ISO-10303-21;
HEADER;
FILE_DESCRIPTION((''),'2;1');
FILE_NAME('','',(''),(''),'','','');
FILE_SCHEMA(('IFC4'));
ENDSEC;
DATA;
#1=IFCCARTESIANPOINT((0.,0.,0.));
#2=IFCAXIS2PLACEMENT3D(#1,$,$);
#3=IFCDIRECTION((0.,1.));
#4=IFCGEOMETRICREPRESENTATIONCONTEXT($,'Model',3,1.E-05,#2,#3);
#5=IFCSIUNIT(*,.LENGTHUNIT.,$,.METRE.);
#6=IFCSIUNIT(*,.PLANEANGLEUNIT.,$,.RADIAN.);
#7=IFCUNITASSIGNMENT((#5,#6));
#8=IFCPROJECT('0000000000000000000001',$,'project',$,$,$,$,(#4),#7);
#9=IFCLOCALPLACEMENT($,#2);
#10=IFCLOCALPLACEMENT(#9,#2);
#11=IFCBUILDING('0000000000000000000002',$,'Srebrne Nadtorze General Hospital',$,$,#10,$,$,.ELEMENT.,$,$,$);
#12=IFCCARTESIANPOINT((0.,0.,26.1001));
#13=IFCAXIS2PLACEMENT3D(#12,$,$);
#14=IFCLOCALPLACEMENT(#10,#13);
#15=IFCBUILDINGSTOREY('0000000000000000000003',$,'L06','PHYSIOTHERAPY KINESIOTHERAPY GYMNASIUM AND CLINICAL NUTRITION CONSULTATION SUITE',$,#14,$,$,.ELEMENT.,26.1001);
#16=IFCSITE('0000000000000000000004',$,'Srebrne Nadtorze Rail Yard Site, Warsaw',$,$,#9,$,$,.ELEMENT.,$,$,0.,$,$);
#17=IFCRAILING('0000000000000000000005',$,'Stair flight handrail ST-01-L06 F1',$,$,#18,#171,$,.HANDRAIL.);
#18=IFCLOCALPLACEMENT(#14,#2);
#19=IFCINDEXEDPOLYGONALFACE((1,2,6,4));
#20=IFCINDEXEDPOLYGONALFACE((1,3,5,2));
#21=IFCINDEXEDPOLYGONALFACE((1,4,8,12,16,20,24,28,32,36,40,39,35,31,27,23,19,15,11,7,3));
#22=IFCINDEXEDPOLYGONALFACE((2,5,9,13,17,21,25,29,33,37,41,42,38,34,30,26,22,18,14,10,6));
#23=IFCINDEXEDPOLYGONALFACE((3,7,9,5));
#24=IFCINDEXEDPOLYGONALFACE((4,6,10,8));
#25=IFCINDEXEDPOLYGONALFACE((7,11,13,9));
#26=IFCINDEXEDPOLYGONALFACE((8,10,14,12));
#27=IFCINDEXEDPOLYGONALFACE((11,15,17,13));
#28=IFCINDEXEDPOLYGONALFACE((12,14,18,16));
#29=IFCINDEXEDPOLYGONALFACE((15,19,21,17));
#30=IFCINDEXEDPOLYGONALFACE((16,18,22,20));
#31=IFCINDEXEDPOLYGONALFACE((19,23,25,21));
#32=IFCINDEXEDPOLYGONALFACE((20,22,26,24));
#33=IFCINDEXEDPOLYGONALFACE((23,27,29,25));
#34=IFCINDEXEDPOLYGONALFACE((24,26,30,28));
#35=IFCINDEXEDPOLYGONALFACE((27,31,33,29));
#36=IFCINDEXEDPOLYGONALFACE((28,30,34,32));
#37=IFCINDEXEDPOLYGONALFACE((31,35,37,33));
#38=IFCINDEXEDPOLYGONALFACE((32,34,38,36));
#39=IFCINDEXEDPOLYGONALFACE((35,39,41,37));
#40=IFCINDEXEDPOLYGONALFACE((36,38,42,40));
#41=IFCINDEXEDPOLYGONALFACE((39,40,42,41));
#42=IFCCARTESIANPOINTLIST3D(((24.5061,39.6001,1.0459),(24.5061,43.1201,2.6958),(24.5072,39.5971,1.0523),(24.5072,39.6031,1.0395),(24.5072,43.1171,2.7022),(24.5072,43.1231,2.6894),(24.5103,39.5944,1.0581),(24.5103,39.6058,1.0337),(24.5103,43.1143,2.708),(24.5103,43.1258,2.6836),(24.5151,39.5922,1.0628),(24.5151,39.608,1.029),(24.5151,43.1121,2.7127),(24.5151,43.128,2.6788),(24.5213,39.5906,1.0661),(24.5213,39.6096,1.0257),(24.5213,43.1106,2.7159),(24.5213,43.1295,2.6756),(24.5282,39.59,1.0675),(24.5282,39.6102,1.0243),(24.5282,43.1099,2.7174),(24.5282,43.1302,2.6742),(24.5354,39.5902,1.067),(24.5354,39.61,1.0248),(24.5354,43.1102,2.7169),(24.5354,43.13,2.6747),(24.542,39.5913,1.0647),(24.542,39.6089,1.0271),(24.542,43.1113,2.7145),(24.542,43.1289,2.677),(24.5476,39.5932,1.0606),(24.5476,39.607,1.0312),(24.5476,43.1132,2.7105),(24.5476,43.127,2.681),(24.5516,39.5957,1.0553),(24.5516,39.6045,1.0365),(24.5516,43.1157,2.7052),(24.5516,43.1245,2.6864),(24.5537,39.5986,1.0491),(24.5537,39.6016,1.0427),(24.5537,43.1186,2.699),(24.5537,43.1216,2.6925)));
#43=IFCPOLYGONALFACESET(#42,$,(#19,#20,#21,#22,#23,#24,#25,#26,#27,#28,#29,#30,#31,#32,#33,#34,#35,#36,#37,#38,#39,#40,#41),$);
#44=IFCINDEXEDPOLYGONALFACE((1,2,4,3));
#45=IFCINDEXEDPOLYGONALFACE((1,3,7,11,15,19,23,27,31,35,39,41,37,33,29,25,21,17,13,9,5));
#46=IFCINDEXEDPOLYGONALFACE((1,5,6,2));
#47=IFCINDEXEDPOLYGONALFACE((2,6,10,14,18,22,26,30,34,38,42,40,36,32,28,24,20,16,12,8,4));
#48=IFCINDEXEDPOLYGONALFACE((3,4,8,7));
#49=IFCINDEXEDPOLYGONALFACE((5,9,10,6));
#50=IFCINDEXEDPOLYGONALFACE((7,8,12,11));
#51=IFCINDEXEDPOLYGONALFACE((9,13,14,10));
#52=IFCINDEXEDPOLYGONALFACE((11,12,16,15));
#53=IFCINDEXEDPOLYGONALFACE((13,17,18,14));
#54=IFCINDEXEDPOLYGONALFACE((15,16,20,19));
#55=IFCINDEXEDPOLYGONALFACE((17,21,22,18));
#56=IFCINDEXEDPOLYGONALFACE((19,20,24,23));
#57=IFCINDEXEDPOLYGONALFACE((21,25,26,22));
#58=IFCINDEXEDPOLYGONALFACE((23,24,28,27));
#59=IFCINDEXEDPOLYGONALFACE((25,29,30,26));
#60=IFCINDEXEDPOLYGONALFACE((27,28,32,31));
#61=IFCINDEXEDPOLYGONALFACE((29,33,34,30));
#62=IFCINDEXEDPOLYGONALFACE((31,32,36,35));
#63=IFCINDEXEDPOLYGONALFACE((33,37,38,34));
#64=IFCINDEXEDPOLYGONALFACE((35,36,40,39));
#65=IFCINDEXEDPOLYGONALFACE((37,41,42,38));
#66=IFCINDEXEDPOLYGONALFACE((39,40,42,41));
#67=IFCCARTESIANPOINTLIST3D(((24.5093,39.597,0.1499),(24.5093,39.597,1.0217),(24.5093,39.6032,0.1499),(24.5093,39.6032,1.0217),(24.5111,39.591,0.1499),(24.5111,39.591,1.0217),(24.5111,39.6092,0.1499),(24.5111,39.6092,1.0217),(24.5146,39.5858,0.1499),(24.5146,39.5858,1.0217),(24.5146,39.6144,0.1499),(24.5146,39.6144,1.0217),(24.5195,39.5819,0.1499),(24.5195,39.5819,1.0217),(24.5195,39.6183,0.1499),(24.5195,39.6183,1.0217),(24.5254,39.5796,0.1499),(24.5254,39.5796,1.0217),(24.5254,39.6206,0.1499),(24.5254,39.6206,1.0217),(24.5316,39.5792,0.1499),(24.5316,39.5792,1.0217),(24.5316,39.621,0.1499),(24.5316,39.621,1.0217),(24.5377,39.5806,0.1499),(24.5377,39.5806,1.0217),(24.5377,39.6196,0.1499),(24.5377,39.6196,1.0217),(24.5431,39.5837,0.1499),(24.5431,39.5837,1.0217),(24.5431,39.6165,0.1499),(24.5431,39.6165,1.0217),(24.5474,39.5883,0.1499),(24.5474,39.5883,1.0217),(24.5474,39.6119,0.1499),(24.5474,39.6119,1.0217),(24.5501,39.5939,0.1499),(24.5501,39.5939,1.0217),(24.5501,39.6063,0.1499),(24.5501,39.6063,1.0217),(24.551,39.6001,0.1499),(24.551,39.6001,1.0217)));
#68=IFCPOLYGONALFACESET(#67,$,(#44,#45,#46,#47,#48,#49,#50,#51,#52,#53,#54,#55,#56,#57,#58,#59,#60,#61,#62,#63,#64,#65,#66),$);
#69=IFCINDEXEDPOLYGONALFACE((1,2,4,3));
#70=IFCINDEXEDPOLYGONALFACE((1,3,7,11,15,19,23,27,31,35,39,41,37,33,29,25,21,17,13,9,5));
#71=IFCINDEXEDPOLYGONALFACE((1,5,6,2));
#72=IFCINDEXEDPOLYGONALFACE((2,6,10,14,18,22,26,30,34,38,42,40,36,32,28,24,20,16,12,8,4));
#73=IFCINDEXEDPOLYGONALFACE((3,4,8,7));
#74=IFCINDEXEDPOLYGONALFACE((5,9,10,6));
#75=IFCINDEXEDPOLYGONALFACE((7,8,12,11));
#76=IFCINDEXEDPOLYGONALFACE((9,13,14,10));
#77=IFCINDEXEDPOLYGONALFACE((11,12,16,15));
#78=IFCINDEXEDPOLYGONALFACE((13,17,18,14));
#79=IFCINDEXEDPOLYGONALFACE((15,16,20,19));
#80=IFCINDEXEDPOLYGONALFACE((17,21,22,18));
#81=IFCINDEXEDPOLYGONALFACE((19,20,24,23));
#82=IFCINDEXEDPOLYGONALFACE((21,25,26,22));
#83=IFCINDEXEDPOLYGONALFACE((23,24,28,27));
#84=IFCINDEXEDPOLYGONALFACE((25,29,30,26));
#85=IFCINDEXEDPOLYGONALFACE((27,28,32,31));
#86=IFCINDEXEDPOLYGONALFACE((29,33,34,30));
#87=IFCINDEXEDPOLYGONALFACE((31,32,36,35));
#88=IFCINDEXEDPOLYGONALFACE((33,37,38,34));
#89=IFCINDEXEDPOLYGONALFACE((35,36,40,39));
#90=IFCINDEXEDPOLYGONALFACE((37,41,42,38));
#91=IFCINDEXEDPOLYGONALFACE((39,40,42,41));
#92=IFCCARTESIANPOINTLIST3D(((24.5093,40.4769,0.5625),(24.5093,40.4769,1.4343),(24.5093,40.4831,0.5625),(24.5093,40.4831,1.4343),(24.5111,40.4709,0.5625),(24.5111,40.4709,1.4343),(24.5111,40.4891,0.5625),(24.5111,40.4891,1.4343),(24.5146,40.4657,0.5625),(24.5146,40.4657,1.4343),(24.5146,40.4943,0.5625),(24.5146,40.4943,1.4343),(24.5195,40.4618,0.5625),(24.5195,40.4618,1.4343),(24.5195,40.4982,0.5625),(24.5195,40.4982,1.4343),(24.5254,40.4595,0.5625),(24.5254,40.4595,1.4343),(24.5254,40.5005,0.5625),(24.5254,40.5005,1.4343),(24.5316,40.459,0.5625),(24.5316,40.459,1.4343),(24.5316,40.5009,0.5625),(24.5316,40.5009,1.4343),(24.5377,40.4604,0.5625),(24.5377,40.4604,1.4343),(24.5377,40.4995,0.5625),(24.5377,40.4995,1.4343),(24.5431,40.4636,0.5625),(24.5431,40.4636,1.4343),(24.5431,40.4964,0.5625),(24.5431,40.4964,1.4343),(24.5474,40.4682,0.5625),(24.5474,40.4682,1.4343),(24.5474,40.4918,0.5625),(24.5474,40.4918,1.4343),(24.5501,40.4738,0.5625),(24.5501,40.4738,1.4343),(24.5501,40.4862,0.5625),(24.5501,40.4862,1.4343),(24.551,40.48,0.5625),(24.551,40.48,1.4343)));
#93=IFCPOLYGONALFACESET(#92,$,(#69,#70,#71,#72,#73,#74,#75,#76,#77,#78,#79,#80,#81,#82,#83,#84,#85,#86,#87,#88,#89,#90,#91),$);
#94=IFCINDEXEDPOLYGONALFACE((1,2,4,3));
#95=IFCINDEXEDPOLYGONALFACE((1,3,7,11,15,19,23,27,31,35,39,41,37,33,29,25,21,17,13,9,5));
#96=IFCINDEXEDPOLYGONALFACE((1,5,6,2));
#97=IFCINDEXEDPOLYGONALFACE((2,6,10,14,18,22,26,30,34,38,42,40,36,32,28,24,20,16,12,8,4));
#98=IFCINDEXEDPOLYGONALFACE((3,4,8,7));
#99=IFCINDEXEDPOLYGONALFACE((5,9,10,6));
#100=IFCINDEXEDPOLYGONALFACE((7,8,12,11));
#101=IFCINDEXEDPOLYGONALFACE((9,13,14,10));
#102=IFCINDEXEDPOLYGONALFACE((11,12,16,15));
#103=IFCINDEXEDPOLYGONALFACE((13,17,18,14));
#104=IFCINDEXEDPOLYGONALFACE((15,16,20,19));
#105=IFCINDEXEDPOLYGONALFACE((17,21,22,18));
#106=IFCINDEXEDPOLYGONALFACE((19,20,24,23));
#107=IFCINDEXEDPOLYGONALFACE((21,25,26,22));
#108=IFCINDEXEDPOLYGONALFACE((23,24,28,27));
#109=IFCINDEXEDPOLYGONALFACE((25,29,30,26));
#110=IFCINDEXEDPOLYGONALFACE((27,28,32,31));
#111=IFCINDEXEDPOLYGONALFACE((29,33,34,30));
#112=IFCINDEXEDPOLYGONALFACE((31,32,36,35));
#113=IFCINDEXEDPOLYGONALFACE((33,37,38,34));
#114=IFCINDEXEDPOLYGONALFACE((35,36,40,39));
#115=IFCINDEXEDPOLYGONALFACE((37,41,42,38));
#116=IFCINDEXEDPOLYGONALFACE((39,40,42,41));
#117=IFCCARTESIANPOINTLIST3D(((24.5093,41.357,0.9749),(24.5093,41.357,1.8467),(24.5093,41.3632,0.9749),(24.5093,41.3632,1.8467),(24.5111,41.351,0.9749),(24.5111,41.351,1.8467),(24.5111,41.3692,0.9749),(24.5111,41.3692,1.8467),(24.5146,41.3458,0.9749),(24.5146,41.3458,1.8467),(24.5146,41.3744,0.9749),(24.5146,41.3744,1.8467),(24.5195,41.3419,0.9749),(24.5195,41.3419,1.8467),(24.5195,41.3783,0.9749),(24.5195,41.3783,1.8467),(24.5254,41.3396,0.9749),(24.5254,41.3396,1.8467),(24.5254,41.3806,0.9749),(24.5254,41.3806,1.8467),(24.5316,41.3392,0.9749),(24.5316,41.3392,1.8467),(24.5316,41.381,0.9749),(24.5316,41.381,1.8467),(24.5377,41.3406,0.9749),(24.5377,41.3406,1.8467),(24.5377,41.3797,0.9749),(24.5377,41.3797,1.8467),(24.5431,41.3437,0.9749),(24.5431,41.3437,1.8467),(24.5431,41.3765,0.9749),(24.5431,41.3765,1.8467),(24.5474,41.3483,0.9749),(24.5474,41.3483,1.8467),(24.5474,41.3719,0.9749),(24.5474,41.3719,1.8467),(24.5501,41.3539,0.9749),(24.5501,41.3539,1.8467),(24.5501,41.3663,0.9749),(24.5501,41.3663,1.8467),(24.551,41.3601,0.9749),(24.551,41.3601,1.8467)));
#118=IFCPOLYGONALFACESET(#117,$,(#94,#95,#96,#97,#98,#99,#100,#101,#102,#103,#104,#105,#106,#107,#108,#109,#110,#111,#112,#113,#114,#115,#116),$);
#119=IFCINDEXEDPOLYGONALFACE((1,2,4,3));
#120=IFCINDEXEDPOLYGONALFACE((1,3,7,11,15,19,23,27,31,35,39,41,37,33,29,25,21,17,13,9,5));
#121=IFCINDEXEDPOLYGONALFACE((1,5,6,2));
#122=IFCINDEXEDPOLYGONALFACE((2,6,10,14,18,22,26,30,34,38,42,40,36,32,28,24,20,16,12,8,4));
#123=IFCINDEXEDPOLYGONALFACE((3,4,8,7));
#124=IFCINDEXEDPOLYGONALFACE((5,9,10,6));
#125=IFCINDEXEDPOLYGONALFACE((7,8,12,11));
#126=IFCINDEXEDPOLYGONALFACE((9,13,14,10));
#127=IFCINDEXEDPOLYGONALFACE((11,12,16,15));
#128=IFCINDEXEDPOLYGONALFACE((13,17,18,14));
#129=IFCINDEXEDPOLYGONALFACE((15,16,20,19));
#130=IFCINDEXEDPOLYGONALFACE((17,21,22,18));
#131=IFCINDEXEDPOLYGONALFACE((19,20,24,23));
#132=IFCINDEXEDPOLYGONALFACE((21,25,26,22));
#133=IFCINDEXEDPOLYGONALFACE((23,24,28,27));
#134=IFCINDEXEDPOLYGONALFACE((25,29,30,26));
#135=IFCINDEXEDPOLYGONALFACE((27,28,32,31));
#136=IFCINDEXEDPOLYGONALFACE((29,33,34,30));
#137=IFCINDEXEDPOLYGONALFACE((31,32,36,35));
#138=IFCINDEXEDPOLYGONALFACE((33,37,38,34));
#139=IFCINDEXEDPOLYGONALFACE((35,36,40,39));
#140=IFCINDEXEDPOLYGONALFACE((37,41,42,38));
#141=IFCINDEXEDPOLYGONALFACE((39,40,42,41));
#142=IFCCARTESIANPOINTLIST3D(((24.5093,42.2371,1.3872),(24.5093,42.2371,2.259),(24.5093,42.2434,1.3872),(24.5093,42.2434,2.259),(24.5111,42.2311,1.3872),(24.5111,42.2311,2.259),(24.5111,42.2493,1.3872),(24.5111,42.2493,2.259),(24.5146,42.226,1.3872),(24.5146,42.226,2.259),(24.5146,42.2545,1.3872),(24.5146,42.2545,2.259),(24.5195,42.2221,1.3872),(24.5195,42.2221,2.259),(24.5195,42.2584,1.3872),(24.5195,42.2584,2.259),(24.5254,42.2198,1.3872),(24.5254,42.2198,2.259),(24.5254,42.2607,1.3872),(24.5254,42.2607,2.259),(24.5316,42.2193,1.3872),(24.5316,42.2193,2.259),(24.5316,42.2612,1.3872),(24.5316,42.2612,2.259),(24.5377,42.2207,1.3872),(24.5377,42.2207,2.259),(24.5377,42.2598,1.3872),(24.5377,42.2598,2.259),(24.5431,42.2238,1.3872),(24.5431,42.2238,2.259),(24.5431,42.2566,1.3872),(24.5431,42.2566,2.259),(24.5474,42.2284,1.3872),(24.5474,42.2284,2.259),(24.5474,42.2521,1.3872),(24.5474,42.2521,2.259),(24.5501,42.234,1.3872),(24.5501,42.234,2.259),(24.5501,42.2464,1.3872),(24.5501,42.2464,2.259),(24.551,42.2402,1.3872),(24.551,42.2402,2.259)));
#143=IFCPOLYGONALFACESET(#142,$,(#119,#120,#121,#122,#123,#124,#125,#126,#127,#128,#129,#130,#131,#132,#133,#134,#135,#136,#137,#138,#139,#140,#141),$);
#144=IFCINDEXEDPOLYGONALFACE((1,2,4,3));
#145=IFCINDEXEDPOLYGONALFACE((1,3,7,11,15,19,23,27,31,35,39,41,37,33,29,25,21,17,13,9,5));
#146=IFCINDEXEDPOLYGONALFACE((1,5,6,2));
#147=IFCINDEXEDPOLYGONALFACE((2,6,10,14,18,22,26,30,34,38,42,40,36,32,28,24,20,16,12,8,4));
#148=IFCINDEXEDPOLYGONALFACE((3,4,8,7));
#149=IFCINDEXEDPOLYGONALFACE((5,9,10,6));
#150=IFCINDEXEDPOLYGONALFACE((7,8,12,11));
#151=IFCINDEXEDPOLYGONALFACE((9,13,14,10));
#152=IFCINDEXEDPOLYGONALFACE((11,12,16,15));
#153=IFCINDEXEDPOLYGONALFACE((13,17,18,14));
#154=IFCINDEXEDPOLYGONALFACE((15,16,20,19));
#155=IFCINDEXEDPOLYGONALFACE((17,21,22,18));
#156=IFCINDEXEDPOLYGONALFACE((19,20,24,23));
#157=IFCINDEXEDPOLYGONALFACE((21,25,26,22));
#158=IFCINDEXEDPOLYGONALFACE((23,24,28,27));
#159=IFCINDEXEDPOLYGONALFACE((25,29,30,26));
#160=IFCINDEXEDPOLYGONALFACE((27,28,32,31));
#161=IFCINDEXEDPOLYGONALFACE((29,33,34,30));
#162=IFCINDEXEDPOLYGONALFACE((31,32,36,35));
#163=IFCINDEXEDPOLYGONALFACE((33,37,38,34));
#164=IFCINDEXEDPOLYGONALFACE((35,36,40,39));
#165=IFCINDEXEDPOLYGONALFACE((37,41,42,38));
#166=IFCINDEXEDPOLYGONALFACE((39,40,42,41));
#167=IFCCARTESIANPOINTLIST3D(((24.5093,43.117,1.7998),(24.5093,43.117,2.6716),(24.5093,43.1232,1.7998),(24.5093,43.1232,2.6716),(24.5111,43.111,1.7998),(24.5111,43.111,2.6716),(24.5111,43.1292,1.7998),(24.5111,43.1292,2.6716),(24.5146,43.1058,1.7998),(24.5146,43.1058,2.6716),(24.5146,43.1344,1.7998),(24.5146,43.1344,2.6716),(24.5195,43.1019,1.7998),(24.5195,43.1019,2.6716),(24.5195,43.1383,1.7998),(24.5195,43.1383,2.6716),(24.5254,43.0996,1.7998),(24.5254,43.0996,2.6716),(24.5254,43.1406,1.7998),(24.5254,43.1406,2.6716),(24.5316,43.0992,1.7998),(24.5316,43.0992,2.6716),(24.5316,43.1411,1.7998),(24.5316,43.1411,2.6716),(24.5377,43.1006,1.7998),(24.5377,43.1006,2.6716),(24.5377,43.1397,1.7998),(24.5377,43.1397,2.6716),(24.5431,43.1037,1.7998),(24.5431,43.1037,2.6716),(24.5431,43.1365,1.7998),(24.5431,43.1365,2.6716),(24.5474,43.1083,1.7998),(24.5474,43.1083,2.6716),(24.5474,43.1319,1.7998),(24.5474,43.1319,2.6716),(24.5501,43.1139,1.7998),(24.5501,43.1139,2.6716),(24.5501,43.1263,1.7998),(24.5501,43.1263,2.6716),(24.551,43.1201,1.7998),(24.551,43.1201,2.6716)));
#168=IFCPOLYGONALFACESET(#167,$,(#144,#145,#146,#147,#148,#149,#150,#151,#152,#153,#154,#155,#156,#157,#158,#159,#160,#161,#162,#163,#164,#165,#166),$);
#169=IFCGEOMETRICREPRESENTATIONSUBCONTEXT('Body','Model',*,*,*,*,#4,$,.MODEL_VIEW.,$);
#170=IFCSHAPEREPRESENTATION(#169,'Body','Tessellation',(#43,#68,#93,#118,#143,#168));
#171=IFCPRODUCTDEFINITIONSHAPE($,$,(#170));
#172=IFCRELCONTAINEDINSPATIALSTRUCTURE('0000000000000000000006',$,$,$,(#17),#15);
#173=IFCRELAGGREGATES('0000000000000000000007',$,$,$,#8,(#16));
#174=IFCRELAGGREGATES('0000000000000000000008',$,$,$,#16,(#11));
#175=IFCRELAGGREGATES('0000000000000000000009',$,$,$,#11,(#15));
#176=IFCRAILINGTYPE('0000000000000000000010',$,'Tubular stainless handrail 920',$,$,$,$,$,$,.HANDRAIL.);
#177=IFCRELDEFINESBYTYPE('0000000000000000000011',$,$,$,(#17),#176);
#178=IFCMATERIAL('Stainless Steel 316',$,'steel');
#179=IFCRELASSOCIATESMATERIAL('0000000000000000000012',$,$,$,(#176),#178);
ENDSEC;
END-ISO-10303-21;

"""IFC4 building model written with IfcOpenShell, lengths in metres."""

from ifc_helpers import new_model, si_unit, direction, frame, origin, origin_2d, place, context, subcontext, project, spatial, circle, extrude, material, type_object, element, save


model = new_model("IFC4")

# Units and contexts
model_context = context("Model", 3, precision=1e-05, world=origin(), true_north=direction((0.0, 1.0)))
body_context = subcontext(model_context, "Body", "Model", "MODEL_VIEW")
ifc_project = project(units=[si_unit("LENGTHUNIT", "METRE"), si_unit("PLANEANGLEUNIT", "RADIAN")], contexts=[model_context])

# Site, building, storey
site_placement = place(None, origin())
site = spatial("IfcSite", under=ifc_project, at=site_placement, Name="Srebrne Nadtorze Rail Yard Site, Warsaw", CompositionType="ELEMENT", RefElevation=0.0)
building_placement = place(site_placement, origin())
building = spatial("IfcBuilding", under=site, at=building_placement, Name="Srebrne Nadtorze General Hospital", CompositionType="ELEMENT")
storey_placement = place(building_placement, frame((0.0, 0.0, 26.1001)))
storey = spatial("IfcBuildingStorey", under=building, at=storey_placement, Name="L06", Description="PHYSIOTHERAPY KINESIOTHERAPY GYMNASIUM AND CLINICAL NUTRITION CONSULTATION SUITE", CompositionType="ELEMENT", Elevation=26.1001)

# Railing
ifc_material_1 = material(Name="Stainless Steel 316", Category="steel")
railing_type = type_object("IfcRailingType", Name="Tubular stainless handrail 920", PredefinedType="HANDRAIL", material=ifc_material_1)
railing_1_placement = place(storey_placement, frame((24.53, 39.6001, 0.1499)))
element("IfcRailing", 1, at=railing_1_placement, inside=storey, type_object=railing_type, Name="Stair flight handrail ST-01-L06 F1", PredefinedType="HANDRAIL", context=body_context, shape_type="SweptSolid", body=[
    extrude(circle(Radius=0.0239, at=origin_2d()), frame((0.0, 0.0, 0.896), z_axis=(0.0, 0.905469, 0.424411), x_axis=(-1.0, 0.0, 0.0)), (0.0, 0.0, 1.0), 3.8875),
    extrude(circle(Radius=0.021, at=origin_2d()), origin(), (0.0, 0.0, 1.0), 0.8718),
    extrude(circle(Radius=0.021, at=origin_2d()), frame((0.0, 0.8799, 0.4126)), (0.0, 0.0, 1.0), 0.8718),
    extrude(circle(Radius=0.021, at=origin_2d()), frame((0.0, 1.76, 0.825)), (0.0, 0.0, 1.0), 0.8718),
    extrude(circle(Radius=0.021, at=origin_2d()), frame((0.0, 2.6401, 1.2373)), (0.0, 0.0, 1.0), 0.8718),
    extrude(circle(Radius=0.021, at=origin_2d()), frame((0.0, 3.52, 1.6499)), (0.0, 0.0, 1.0), 0.8718),
])

save(model, "model.ifc")
